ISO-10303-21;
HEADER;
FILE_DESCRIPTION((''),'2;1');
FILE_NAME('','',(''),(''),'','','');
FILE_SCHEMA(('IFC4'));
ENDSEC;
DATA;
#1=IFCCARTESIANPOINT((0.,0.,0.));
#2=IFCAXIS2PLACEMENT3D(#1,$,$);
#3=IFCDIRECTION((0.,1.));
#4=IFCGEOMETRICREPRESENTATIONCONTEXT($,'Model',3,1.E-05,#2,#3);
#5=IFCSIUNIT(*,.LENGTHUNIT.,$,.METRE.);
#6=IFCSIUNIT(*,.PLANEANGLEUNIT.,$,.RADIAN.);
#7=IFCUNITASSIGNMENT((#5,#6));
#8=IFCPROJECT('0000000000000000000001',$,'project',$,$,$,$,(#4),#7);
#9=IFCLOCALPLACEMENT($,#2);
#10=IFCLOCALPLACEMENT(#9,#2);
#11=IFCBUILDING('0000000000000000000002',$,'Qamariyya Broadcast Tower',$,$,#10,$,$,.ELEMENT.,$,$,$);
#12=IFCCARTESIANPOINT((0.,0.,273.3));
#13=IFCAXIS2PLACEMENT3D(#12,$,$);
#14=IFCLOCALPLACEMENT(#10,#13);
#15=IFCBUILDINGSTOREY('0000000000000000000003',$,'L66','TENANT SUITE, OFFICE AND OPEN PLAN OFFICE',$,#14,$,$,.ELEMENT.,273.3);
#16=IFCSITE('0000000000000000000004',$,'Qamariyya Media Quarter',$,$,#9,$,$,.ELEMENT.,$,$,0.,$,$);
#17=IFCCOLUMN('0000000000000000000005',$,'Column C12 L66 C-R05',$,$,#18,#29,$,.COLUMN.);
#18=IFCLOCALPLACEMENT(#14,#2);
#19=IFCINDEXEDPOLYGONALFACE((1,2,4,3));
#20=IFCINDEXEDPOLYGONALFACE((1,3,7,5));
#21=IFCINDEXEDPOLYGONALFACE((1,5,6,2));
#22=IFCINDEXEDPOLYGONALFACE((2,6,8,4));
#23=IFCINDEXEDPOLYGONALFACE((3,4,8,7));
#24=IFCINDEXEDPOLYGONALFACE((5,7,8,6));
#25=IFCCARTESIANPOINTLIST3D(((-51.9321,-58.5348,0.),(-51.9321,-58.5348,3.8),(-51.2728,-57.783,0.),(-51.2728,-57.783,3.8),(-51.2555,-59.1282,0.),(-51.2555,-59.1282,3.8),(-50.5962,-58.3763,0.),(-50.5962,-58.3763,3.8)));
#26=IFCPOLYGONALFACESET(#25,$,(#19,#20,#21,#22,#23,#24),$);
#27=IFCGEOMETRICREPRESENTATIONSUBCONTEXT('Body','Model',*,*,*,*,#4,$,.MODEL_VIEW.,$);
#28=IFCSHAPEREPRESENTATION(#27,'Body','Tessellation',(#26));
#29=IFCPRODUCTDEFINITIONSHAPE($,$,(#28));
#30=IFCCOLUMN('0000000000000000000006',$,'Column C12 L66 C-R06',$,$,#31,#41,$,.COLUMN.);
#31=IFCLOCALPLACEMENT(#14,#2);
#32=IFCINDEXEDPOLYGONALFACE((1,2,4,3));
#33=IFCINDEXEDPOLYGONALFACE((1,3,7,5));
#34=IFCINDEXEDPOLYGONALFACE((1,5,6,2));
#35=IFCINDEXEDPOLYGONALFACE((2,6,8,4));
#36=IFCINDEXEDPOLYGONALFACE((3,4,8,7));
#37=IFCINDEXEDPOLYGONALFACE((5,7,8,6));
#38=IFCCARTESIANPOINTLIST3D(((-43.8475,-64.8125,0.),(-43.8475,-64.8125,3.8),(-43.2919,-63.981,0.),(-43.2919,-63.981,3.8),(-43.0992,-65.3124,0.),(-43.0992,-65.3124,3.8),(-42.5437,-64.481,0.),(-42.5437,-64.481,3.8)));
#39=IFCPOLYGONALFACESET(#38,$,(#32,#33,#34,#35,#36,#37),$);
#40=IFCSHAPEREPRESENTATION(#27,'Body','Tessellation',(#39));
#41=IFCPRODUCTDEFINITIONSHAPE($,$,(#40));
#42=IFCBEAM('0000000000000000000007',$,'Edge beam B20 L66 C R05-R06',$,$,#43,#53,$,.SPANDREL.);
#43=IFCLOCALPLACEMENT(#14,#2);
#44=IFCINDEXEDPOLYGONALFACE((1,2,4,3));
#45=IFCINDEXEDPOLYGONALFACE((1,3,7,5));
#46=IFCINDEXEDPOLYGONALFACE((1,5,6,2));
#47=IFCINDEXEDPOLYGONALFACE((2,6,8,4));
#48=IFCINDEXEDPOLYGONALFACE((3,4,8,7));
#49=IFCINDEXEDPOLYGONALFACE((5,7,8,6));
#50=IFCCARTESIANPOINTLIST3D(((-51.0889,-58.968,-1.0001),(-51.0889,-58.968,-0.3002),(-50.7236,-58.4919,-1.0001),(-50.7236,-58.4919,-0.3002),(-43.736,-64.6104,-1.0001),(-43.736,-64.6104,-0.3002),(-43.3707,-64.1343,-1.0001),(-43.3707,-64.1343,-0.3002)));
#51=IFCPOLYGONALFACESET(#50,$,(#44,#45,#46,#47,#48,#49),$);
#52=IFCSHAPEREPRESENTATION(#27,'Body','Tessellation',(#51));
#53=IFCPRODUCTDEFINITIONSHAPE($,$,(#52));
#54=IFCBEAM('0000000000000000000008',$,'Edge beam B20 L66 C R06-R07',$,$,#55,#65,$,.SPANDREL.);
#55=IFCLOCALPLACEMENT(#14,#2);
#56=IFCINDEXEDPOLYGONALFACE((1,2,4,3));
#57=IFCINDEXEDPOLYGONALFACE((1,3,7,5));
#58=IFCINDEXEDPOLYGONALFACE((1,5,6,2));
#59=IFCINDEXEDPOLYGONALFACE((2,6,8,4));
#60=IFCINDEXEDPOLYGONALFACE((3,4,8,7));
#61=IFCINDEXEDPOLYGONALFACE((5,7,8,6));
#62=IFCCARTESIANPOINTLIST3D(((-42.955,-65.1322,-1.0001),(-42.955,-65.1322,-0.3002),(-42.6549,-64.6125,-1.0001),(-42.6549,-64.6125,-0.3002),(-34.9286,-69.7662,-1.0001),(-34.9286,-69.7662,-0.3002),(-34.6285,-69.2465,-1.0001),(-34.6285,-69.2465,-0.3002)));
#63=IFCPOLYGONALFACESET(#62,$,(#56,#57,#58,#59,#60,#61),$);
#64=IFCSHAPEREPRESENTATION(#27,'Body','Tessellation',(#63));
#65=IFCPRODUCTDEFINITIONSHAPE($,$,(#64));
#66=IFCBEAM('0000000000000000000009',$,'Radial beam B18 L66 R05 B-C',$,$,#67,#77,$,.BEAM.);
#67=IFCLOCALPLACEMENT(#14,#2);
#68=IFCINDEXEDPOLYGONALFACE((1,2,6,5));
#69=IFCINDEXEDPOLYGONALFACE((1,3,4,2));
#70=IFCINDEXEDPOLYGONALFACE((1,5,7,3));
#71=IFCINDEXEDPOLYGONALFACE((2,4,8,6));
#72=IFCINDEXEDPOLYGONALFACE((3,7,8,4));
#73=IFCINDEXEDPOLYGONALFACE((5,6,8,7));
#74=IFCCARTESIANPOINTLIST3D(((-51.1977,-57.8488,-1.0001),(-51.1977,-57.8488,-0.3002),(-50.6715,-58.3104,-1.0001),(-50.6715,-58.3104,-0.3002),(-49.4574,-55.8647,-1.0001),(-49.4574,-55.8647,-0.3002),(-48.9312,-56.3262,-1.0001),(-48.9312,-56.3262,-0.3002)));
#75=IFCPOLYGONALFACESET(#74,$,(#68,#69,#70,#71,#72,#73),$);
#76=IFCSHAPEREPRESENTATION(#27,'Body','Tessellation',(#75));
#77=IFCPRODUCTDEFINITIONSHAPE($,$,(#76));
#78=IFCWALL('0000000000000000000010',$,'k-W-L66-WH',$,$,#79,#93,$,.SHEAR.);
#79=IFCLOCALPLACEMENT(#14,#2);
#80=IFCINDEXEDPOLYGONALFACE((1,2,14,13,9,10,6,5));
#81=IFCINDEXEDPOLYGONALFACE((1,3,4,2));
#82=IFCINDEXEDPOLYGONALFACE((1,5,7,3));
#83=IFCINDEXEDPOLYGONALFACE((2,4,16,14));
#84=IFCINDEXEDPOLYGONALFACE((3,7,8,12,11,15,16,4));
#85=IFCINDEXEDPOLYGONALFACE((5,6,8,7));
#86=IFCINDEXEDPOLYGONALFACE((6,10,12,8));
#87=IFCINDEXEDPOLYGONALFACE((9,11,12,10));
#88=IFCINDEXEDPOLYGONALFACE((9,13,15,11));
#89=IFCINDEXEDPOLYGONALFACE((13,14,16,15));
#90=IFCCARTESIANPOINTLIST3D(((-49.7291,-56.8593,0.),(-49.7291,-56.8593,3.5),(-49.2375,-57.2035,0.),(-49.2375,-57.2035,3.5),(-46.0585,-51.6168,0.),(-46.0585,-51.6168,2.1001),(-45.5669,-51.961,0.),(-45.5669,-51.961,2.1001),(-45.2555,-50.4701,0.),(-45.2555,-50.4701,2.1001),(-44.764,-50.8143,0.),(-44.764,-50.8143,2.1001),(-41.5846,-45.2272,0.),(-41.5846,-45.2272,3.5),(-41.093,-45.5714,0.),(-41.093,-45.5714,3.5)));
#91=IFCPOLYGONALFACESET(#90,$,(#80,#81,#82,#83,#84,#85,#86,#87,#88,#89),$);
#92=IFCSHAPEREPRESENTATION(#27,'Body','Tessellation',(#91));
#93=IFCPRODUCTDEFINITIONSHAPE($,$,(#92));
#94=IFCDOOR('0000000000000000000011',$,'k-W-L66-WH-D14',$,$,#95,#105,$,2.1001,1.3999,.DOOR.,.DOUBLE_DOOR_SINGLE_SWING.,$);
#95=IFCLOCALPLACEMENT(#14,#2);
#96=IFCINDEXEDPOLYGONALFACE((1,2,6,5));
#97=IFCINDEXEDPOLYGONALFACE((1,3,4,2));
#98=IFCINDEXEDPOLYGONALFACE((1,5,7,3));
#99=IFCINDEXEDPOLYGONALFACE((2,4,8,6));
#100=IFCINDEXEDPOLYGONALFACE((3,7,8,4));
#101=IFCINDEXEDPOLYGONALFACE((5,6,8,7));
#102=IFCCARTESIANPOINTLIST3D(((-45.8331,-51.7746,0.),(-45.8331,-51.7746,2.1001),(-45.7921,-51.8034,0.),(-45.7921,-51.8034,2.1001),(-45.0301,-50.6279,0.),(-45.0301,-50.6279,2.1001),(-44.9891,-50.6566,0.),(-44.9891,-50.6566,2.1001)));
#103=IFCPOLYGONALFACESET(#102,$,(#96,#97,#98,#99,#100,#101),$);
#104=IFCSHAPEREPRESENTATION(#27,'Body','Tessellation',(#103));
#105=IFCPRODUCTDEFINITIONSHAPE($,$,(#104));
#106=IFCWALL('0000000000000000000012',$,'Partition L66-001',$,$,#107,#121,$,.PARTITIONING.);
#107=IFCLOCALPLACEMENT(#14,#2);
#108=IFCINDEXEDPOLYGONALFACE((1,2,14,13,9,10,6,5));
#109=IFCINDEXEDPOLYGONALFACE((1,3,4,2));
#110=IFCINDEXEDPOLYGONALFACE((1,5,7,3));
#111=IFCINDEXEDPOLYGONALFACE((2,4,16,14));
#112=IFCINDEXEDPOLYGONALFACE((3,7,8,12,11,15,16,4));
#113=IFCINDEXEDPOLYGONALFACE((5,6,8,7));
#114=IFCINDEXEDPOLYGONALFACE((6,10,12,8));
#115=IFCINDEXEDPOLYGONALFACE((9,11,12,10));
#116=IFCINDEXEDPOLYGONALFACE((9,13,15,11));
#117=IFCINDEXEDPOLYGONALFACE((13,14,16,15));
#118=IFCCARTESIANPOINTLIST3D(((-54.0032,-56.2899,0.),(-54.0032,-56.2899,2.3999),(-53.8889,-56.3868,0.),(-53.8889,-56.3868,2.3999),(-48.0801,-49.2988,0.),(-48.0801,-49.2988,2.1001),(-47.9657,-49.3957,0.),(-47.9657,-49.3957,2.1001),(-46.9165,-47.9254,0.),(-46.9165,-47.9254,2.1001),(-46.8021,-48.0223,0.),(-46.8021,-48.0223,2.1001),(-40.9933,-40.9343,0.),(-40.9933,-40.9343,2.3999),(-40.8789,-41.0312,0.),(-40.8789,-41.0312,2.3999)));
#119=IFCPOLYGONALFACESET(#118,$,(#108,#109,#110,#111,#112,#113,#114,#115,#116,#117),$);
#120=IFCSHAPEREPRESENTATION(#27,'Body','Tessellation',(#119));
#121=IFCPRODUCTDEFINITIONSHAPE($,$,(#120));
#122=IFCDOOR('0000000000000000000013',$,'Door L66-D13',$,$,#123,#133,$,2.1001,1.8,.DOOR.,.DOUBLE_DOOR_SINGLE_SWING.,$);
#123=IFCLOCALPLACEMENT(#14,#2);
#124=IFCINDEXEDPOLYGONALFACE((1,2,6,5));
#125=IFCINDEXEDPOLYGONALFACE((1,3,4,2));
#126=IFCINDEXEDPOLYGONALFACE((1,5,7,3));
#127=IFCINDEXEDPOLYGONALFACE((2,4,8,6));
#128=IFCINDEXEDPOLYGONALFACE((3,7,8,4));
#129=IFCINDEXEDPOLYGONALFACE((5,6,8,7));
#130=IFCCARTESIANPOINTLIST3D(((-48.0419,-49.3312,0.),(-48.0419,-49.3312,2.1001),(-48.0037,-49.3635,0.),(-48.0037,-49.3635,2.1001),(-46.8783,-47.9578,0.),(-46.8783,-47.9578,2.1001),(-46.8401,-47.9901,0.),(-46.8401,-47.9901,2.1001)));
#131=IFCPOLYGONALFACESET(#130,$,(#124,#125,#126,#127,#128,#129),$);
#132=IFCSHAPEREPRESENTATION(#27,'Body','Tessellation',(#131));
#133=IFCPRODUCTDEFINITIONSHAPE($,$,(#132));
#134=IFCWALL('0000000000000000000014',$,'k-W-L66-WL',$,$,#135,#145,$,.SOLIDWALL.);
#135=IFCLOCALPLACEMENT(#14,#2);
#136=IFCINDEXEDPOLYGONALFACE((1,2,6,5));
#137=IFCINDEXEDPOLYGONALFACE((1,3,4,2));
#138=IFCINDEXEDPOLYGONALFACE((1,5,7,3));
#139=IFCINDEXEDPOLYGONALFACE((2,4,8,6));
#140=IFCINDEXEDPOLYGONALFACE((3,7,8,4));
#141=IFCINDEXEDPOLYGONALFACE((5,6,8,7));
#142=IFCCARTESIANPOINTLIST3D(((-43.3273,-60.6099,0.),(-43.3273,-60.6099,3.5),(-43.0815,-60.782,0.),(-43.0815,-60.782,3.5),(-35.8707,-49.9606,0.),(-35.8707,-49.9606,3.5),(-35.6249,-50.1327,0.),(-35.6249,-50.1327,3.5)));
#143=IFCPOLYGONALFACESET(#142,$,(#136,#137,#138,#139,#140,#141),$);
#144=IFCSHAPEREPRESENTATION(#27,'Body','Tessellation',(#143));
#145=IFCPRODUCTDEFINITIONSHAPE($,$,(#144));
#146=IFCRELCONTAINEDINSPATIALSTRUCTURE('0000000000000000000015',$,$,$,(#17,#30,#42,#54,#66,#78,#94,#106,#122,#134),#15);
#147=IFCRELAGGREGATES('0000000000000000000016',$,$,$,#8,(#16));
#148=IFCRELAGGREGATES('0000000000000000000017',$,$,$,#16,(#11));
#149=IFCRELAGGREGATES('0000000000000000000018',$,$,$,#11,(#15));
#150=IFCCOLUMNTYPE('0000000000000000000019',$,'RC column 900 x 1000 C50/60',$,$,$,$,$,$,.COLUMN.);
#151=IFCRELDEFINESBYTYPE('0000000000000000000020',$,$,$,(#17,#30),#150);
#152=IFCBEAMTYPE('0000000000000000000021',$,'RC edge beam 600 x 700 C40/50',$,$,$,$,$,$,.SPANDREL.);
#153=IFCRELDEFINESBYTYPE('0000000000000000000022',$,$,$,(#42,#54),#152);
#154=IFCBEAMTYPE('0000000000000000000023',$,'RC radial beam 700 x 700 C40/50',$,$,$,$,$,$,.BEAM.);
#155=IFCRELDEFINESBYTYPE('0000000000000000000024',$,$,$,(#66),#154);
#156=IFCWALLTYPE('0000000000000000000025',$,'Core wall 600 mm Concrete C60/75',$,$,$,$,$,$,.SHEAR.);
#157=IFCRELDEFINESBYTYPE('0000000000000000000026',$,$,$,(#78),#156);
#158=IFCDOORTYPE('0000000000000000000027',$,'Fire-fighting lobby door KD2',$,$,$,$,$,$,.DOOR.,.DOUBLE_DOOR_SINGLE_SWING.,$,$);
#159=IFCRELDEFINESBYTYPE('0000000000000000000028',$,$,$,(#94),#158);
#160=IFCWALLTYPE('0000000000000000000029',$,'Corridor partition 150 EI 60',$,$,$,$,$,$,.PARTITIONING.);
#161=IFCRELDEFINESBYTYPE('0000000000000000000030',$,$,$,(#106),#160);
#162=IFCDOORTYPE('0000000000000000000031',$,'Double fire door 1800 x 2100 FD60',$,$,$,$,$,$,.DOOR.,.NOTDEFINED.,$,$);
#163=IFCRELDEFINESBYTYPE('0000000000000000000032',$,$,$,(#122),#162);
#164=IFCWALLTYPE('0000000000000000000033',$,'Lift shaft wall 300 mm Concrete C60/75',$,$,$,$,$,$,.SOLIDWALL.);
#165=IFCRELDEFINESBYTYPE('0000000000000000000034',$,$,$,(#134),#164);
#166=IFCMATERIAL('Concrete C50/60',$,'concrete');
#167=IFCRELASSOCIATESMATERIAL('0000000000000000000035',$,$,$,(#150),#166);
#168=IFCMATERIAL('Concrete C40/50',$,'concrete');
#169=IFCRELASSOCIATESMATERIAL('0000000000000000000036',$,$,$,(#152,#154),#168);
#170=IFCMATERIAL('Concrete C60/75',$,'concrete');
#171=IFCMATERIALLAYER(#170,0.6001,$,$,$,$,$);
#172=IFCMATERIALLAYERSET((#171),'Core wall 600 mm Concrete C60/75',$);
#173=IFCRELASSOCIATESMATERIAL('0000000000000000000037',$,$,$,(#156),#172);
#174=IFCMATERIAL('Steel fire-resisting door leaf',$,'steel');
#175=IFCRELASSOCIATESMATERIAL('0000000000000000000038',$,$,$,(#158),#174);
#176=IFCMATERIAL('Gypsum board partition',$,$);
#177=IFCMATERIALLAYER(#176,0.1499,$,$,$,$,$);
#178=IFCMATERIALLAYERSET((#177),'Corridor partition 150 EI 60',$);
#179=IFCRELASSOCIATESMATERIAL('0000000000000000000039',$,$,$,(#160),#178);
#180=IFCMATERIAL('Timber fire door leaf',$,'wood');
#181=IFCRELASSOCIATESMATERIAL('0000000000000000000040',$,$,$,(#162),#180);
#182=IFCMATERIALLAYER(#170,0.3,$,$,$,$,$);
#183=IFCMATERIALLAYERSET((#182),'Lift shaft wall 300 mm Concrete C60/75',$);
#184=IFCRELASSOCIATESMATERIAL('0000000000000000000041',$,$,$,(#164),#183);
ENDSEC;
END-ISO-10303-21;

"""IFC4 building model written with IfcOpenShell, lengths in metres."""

from ifc_helpers import new_model, si_unit, direction, frame, frame_2d, origin, origin_2d, place, context, subcontext, project, spatial, rectangle, extrude, material, layer, layer_set, material_profile, profile_set, type_object, element, fill, save


model = new_model("IFC4")

# Units and contexts
model_context = context("Model", 3, precision=1e-05, world=origin(), true_north=direction((0.0, 1.0)))
body_context = subcontext(model_context, "Body", "Model", "MODEL_VIEW")
ifc_project = project(units=[si_unit("LENGTHUNIT", "METRE"), si_unit("PLANEANGLEUNIT", "RADIAN")], contexts=[model_context])

# Site, building, storey
site_placement = place(None, origin())
site = spatial("IfcSite", under=ifc_project, at=site_placement, Name="Qamariyya Media Quarter", CompositionType="ELEMENT", RefElevation=0.0)
building_placement = place(site_placement, origin())
building = spatial("IfcBuilding", under=site, at=building_placement, Name="Qamariyya Broadcast Tower", CompositionType="ELEMENT")
storey_placement = place(building_placement, frame((0.0, 0.0, 273.3)))
storey = spatial("IfcBuildingStorey", under=building, at=storey_placement, Name="L66", Description="TENANT SUITE, OFFICE AND OPEN PLAN OFFICE", CompositionType="ELEMENT", Elevation=273.3)

# Columns
ifc_material_1 = material(Name="Concrete C50/60", Category="concrete")
ifc_material_profile_1 = material_profile(ifc_material_1, rectangle(XDim=0.8999, YDim=1.0, at=origin_2d()))
ifc_profile_set_1 = profile_set([ifc_material_profile_1], Name="Concrete C50/60")
column_type = type_object("IfcColumnType", Name="RC column 900 x 1000 C50/60", PredefinedType="COLUMN", material=ifc_profile_set_1)
for number, where, z_axis, x_axis, name in (
    (1, (-51.2642, -58.4556, 0.0), (0.0, 0.0, 1.0), (0.75184, -0.659346, 0.0), "Column C12 L66 C-R05"),
    (2, (-43.1956, -64.6467, 0.0), (0.0, 0.0, 1.0), (0.83147, -0.55557, 0.0), "Column C12 L66 C-R06"),
):
    element("IfcColumn", number, at=place(storey_placement, frame(where, z_axis=z_axis, x_axis=x_axis)), inside=storey, type_object=column_type, Name=name, PredefinedType="COLUMN", context=body_context, shape_type="SweptSolid", body=[
        extrude(rectangle(XDim=0.8999, YDim=1.0, at=origin_2d()), origin(), (0.0, 0.0, 1.0), 3.8),
    ])

# Beams
ifc_material_2 = material(Name="Concrete C40/50", Category="concrete")
ifc_material_profile_2 = material_profile(ifc_material_2, rectangle(XDim=0.6001, YDim=0.7, at=origin_2d()))
ifc_profile_set_2 = profile_set([ifc_material_profile_2], Name="Concrete C40/50")
beam_type_1 = type_object("IfcBeamType", Name="RC edge beam 600 x 700 C40/50", PredefinedType="SPANDREL", material=ifc_profile_set_2)
beam_1_placement = place(storey_placement, frame((-50.9062, -58.73, -0.6501), z_axis=(0.793335, -0.608785, 0.0), x_axis=(0.608785, 0.793335, 0.0)))
element("IfcBeam", 3, at=beam_1_placement, inside=storey, type_object=beam_type_1, Name="Edge beam B20 L66 C R05-R06", PredefinedType="SPANDREL", context=body_context, shape_type="SweptSolid", body=[
    extrude(rectangle(XDim=0.6001, YDim=0.7, at=origin_2d()), origin(), (0.0, 0.0, 1.0), 9.2683),
])
beam_2_placement = place(storey_placement, frame((-42.8049, -64.8723, -0.6501), z_axis=(0.866025, -0.500001, 0.0), x_axis=(0.500001, 0.866025, 0.0)))
element("IfcBeam", 4, at=beam_2_placement, inside=storey, type_object=beam_type_1, Name="Edge beam B20 L66 C R06-R07", PredefinedType="SPANDREL", context=body_context, shape_type="SweptSolid", body=[
    extrude(rectangle(XDim=0.6001, YDim=0.7, at=origin_2d()), origin(), (0.0, 0.0, 1.0), 9.2681),
])
ifc_material_profile_3 = material_profile(ifc_material_2, rectangle(XDim=0.7, YDim=0.7, at=origin_2d()))
ifc_profile_set_3 = profile_set([ifc_material_profile_3], Name="Concrete C40/50")
beam_type_2 = type_object("IfcBeamType", Name="RC radial beam 700 x 700 C40/50", PredefinedType="BEAM", material=ifc_profile_set_3)
beam_3_placement = place(storey_placement, frame((-49.1943, -56.0955, -0.6501), z_axis=(-0.659388, -0.751803, 0.0), x_axis=(0.751803, -0.659388, 0.0)))
element("IfcBeam", 5, at=beam_3_placement, inside=storey, type_object=beam_type_2, Name="Radial beam B18 L66 R05 B-C", PredefinedType="BEAM", context=body_context, shape_type="SweptSolid", body=[
    extrude(rectangle(XDim=0.7, YDim=0.7, at=origin_2d()), origin(), (0.0, 0.0, 1.0), 2.6392),
])

# Walls, openings, doors
ifc_material_3 = material(Name="Concrete C60/75", Category="concrete")
ifc_layer_1 = layer(ifc_material_3, 0.6001)
ifc_layer_set_1 = layer_set([ifc_layer_1], Name="Core wall 600 mm Concrete C60/75")
wall_type_1 = type_object("IfcWallType", Name="Core wall 600 mm Concrete C60/75", PredefinedType="SHEAR", material=ifc_layer_set_1)
wall_1_placement = place(storey_placement, frame((-49.4834, -57.0315, 0.0), z_axis=(0.0, 0.0, 1.0), x_axis=(0.57356, 0.819163, 0.0)))
wall_1 = element("IfcWall", 6, at=wall_1_placement, inside=storey, type_object=wall_type_1, Name="k-W-L66-WH", PredefinedType="SHEAR", context=body_context, shape_type="SweptSolid", body=[
    extrude(rectangle(XDim=14.2, YDim=0.6001, at=frame_2d((7.1001, 0.0))), origin(), (0.0, 0.0, 1.0), 3.5),
])
opening_1_placement = place(wall_1_placement, frame((6.3999, 0.0, 0.0)))
opening_1 = element("IfcOpeningElement", 7, at=opening_1_placement, cuts=wall_1, PredefinedType="OPENING", context=body_context, shape_type="SweptSolid", body=[
    extrude(rectangle(XDim=1.3999, YDim=2.1001, at=frame_2d((0.7, 1.05))), frame((0.0, 0.3101, 0.0), z_axis=(0.0, -1.0, 0.0), x_axis=(1.0, 0.0, 0.0)), (0.0, 0.0, 1.0), 0.6201),
])
ifc_material_4 = material(Name="Steel fire-resisting door leaf", Category="steel")
door_type_1 = type_object("IfcDoorType", Name="Fire-fighting lobby door KD2", OperationType="DOUBLE_DOOR_SINGLE_SWING", PredefinedType="DOOR", material=ifc_material_4)
door_1_placement = place(opening_1_placement, origin())
door_1 = element("IfcDoor", 8, at=door_1_placement, inside=storey, type_object=door_type_1, Name="k-W-L66-WH-D14", OperationType="DOUBLE_DOOR_SINGLE_SWING", OverallHeight=2.1001, OverallWidth=1.3999, PredefinedType="DOOR", context=body_context, shape_type="SweptSolid", body=[
    extrude(rectangle(XDim=1.3999, YDim=2.1001, at=frame_2d((0.7, 1.05))), frame((0.0, 0.0249, 0.0), z_axis=(0.0, -1.0, 0.0), x_axis=(1.0, 0.0, 0.0)), (0.0, 0.0, 1.0), 0.05),
])
fill(opening_1, door_1)
ifc_material_5 = material(Name="Gypsum board partition")
ifc_layer_2 = layer(ifc_material_5, 0.1499)
ifc_layer_set_2 = layer_set([ifc_layer_2], Name="Corridor partition 150 EI 60")
wall_type_2 = type_object("IfcWallType", Name="Corridor partition 150 EI 60", PredefinedType="PARTITIONING", material=ifc_layer_set_2)
wall_2_placement = place(storey_placement, frame((-53.946, -56.3384, 0.0), z_axis=(0.0, 0.0, 1.0), x_axis=(0.646426, 0.762977, 0.0)))
wall_2 = element("IfcWall", 9, at=wall_2_placement, inside=storey, type_object=wall_type_2, Name="Partition L66-001", PredefinedType="PARTITIONING", context=body_context, shape_type="SweptSolid", body=[
    extrude(rectangle(XDim=20.126, YDim=0.1499, at=frame_2d((10.063, 0.0))), origin(), (0.0, 0.0, 1.0), 2.3999),
])
opening_2_placement = place(wall_2_placement, frame((9.1631, 0.0, 0.0)))
opening_2 = element("IfcOpeningElement", 10, at=opening_2_placement, cuts=wall_2, PredefinedType="OPENING", context=body_context, shape_type="SweptSolid", body=[
    extrude(rectangle(XDim=1.8, YDim=2.1001, at=frame_2d((0.8999, 1.05))), frame((0.0, 0.085, 0.0), z_axis=(0.0, -1.0, 0.0), x_axis=(1.0, 0.0, 0.0)), (0.0, 0.0, 1.0), 0.1699),
])
ifc_material_6 = material(Name="Timber fire door leaf", Category="wood")
door_type_2 = type_object("IfcDoorType", Name="Double fire door 1800 x 2100 FD60", OperationType="NOTDEFINED", PredefinedType="DOOR", material=ifc_material_6)
door_2_placement = place(opening_2_placement, origin())
door_2 = element("IfcDoor", 11, at=door_2_placement, inside=storey, type_object=door_type_2, Name="Door L66-D13", OperationType="DOUBLE_DOOR_SINGLE_SWING", OverallHeight=2.1001, OverallWidth=1.8, PredefinedType="DOOR", context=body_context, shape_type="SweptSolid", body=[
    extrude(rectangle(XDim=1.8, YDim=2.1001, at=frame_2d((0.8999, 1.05))), frame((0.0, 0.0249, 0.0), z_axis=(0.0, -1.0, 0.0), x_axis=(1.0, 0.0, 0.0)), (0.0, 0.0, 1.0), 0.05),
])
fill(opening_2, door_2)

# Wall
ifc_layer_3 = layer(ifc_material_3, 0.3)
ifc_layer_set_3 = layer_set([ifc_layer_3], Name="Lift shaft wall 300 mm Concrete C60/75")
wall_type_3 = type_object("IfcWallType", Name="Lift shaft wall 300 mm Concrete C60/75", PredefinedType="SOLIDWALL", material=ifc_layer_set_3)
wall_3_placement = place(storey_placement, frame((-43.2043, -60.6958, 0.0), z_axis=(0.0, 0.0, 1.0), x_axis=(0.573572, 0.819155, 0.0)))
element("IfcWall", 12, at=wall_3_placement, inside=storey, type_object=wall_type_3, Name="k-W-L66-WL", PredefinedType="SOLIDWALL", context=body_context, shape_type="SweptSolid", body=[
    extrude(rectangle(XDim=13.0002, YDim=0.3, at=frame_2d((6.5, 0.0))), origin(), (0.0, 0.0, 1.0), 3.5),
])

save(model, "model.ifc")
